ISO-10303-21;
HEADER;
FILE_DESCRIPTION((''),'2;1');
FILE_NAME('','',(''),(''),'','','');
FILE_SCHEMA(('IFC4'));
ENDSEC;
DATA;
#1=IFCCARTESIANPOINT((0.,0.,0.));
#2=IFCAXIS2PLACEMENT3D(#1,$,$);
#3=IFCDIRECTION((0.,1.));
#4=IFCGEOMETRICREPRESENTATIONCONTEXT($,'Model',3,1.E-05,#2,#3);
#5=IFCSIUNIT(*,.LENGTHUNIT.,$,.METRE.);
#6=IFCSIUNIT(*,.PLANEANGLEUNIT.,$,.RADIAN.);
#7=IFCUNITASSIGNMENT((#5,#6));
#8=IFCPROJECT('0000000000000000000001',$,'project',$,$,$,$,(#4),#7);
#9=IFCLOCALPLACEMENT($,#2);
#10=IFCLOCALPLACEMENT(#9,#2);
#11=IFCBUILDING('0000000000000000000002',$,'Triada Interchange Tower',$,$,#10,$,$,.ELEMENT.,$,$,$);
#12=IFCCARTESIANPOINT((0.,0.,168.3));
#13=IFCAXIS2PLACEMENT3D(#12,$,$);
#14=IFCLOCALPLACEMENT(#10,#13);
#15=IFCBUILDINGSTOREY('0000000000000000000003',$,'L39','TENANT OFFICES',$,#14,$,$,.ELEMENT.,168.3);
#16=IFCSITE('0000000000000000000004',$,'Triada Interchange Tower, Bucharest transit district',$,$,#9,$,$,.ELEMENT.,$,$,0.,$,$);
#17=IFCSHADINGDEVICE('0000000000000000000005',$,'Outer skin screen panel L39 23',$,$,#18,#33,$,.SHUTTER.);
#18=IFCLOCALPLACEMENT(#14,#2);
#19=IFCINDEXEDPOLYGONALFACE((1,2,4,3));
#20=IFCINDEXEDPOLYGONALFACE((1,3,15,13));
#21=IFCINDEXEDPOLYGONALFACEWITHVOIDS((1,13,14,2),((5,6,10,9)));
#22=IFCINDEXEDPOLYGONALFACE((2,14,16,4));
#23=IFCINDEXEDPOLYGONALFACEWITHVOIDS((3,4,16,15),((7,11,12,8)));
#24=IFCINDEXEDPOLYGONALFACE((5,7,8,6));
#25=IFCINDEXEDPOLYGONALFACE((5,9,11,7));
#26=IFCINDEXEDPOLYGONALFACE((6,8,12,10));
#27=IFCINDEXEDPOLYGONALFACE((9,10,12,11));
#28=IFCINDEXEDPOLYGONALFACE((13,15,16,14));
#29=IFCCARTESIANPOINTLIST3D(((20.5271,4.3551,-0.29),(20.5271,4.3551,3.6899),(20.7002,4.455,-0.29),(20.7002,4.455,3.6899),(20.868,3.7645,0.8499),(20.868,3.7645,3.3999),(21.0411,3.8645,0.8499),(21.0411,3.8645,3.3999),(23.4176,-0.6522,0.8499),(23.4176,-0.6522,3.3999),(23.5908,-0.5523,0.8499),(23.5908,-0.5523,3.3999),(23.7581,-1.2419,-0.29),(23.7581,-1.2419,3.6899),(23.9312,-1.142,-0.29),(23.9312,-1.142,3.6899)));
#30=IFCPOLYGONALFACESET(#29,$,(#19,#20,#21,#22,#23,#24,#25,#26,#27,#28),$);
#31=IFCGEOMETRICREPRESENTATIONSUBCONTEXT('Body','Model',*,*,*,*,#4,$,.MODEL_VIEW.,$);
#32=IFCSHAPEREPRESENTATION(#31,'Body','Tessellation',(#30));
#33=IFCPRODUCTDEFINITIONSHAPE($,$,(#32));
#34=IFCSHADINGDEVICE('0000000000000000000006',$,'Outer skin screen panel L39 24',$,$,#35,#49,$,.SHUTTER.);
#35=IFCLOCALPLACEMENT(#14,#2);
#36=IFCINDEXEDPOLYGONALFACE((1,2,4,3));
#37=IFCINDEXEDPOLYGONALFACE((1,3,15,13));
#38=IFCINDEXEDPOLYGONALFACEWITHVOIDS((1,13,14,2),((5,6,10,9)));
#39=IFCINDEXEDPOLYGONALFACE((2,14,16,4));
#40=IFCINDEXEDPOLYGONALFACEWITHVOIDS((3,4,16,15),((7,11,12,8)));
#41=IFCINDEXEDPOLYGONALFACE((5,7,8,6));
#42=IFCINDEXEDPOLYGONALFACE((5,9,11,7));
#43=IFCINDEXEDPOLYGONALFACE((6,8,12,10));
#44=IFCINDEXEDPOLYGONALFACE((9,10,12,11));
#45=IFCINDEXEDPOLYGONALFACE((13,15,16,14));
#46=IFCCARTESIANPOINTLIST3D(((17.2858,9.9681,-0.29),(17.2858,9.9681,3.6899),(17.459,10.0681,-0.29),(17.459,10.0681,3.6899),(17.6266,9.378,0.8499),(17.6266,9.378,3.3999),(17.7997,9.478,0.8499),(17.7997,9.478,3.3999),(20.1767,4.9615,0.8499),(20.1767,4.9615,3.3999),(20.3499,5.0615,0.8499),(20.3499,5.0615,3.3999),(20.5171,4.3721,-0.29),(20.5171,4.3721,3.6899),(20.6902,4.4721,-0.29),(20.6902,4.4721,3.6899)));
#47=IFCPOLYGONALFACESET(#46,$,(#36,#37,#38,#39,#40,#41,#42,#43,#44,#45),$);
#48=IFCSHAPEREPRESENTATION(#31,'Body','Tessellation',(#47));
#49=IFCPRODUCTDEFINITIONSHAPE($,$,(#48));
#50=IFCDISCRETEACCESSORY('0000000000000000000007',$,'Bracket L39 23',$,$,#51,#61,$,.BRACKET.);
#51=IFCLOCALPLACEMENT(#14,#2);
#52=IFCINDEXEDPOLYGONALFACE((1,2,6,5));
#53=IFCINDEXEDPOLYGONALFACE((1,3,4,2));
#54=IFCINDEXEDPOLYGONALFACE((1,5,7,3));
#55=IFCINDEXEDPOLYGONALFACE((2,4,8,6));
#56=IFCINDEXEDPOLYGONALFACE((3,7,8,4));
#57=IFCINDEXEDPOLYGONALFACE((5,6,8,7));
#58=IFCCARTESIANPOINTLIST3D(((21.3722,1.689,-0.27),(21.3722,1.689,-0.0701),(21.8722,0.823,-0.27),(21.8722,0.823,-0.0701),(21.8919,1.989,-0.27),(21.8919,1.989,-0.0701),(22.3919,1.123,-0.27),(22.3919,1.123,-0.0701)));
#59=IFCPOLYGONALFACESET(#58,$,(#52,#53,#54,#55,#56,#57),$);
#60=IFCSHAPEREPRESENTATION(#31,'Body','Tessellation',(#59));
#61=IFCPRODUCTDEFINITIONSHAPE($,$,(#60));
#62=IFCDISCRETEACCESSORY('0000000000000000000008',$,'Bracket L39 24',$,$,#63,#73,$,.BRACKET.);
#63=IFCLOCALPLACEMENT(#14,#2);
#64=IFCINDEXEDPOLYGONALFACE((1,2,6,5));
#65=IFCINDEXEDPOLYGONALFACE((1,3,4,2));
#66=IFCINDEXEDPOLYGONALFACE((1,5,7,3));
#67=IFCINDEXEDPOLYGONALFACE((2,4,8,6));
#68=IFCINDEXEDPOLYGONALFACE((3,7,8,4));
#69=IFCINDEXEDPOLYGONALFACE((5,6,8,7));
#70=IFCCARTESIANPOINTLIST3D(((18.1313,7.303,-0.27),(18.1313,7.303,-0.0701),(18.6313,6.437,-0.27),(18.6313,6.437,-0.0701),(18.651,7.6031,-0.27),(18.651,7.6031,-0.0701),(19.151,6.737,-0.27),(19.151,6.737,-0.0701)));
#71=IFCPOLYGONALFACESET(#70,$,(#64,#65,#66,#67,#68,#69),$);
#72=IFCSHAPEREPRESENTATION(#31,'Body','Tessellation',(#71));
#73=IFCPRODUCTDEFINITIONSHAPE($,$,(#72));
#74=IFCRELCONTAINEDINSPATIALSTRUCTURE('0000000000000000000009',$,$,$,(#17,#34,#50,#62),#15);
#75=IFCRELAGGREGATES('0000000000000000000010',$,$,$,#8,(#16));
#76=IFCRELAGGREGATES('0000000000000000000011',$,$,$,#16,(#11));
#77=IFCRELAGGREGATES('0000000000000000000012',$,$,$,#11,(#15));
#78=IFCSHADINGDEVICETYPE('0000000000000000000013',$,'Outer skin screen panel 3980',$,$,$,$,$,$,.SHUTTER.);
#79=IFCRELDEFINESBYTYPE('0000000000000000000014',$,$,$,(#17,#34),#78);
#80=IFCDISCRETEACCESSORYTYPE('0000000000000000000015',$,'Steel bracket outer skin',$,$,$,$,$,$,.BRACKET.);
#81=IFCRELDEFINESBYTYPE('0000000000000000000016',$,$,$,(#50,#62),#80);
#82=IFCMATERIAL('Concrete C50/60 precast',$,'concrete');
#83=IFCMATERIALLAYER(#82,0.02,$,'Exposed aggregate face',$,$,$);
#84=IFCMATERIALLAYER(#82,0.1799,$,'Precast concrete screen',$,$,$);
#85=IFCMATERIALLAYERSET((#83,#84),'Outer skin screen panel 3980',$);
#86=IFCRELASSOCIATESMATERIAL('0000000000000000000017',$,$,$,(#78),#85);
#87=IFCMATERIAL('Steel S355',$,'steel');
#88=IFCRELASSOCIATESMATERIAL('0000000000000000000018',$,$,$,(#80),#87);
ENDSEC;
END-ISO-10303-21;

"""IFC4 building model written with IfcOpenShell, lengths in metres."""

from ifc_helpers import new_model, si_unit, direction, frame, origin, origin_2d, place, context, subcontext, project, spatial, polyline, rectangle, outline, extrude, material, layer, layer_set, type_object, element, save


model = new_model("IFC4")

# Units and contexts
model_context = context("Model", 3, precision=1e-05, world=origin(), true_north=direction((0.0, 1.0)))
body_context = subcontext(model_context, "Body", "Model", "MODEL_VIEW")
ifc_project = project(units=[si_unit("LENGTHUNIT", "METRE"), si_unit("PLANEANGLEUNIT", "RADIAN")], contexts=[model_context])

# Site, building, storey
site_placement = place(None, origin())
site = spatial("IfcSite", under=ifc_project, at=site_placement, Name="Triada Interchange Tower, Bucharest transit district", CompositionType="ELEMENT", RefElevation=0.0)
building_placement = place(site_placement, origin())
building = spatial("IfcBuilding", under=site, at=building_placement, Name="Triada Interchange Tower", CompositionType="ELEMENT")
storey_placement = place(building_placement, frame((0.0, 0.0, 168.3)))
storey = spatial("IfcBuildingStorey", under=building, at=storey_placement, Name="L39", Description="TENANT OFFICES", CompositionType="ELEMENT", Elevation=168.3)

# Shading devices
ifc_material_1 = material(Name="Concrete C50/60 precast", Category="concrete")
ifc_layer_1 = layer(ifc_material_1, 0.02, Name="Exposed aggregate face")
ifc_layer_2 = layer(ifc_material_1, 0.1799, Name="Precast concrete screen")
ifc_layer_set_1 = layer_set([ifc_layer_1, ifc_layer_2], Name="Outer skin screen panel 3980")
shading_device_type = type_object("IfcShadingDeviceType", Name="Outer skin screen panel 3980", PredefinedType="SHUTTER", material=ifc_layer_set_1)
shading_device_1_placement = place(storey_placement, frame((23.7581, -1.2419, -0.29), z_axis=(0.0, 0.0, 1.0), x_axis=(-0.49995, 0.866054, 0.0)))
element("IfcShadingDevice", 1, at=shading_device_1_placement, inside=storey, type_object=shading_device_type, Name="Outer skin screen panel L39 23", PredefinedType="SHUTTER", context=body_context, shape_type="SweptSolid", body=[
    extrude(outline(polyline([(0.0, 0.0), (6.4626, 0.0), (6.4626, 3.98), (0.0, 3.98), (0.0, 0.0)]), holes=[polyline([(0.6809, 1.1399), (0.6809, 3.6899), (5.7808, 3.6899), (5.7808, 1.1399), (0.6809, 1.1399)])]), frame((0.0, 0.0, 0.0), z_axis=(0.0, -1.0, 0.0), x_axis=(1.0, 0.0, 0.0)), (0.0, 0.0, 1.0), 0.2),
])
shading_device_2_placement = place(storey_placement, frame((20.5171, 4.3721, -0.29), z_axis=(0.0, 0.0, 1.0), x_axis=(-0.500044, 0.866, 0.0)))
element("IfcShadingDevice", 2, at=shading_device_2_placement, inside=storey, type_object=shading_device_type, Name="Outer skin screen panel L39 24", PredefinedType="SHUTTER", context=body_context, shape_type="SweptSolid", body=[
    extrude(outline(polyline([(0.0, 0.0), (6.4619, 0.0), (6.4619, 3.98), (0.0, 3.98), (0.0, 0.0)]), holes=[polyline([(0.6807, 1.1399), (0.6807, 3.6899), (5.7805, 3.6899), (5.7805, 1.1399), (0.6807, 1.1399)])]), frame((0.0, 0.0, 0.0), z_axis=(0.0, -1.0, 0.0), x_axis=(1.0, 0.0, 0.0)), (0.0, 0.0, 1.0), 0.2),
])

# Discrete accessories
ifc_material_2 = material(Name="Steel S355", Category="steel")
discrete_accessory_type = type_object("IfcDiscreteAccessoryType", Name="Steel bracket outer skin", PredefinedType="BRACKET", material=ifc_material_2)
for number, where, z_axis, x_axis, name in (
    (3, (21.8821, 1.406, -0.27), (0.0, 0.0, 1.0), (0.866023, 0.500005, 0.0), "Bracket L39 23"),
    (4, (18.6411, 7.02, -0.27), (0.0, 0.0, 1.0), (0.866023, 0.500005, 0.0), "Bracket L39 24"),
):
    element("IfcDiscreteAccessory", number, at=place(storey_placement, frame(where, z_axis=z_axis, x_axis=x_axis)), inside=storey, type_object=discrete_accessory_type, Name=name, PredefinedType="BRACKET", context=body_context, shape_type="SweptSolid", body=[
        extrude(rectangle(XDim=0.6001, YDim=1.0, at=origin_2d()), origin(), (0.0, 0.0, 1.0), 0.2),
    ])

save(model, "model.ifc")
